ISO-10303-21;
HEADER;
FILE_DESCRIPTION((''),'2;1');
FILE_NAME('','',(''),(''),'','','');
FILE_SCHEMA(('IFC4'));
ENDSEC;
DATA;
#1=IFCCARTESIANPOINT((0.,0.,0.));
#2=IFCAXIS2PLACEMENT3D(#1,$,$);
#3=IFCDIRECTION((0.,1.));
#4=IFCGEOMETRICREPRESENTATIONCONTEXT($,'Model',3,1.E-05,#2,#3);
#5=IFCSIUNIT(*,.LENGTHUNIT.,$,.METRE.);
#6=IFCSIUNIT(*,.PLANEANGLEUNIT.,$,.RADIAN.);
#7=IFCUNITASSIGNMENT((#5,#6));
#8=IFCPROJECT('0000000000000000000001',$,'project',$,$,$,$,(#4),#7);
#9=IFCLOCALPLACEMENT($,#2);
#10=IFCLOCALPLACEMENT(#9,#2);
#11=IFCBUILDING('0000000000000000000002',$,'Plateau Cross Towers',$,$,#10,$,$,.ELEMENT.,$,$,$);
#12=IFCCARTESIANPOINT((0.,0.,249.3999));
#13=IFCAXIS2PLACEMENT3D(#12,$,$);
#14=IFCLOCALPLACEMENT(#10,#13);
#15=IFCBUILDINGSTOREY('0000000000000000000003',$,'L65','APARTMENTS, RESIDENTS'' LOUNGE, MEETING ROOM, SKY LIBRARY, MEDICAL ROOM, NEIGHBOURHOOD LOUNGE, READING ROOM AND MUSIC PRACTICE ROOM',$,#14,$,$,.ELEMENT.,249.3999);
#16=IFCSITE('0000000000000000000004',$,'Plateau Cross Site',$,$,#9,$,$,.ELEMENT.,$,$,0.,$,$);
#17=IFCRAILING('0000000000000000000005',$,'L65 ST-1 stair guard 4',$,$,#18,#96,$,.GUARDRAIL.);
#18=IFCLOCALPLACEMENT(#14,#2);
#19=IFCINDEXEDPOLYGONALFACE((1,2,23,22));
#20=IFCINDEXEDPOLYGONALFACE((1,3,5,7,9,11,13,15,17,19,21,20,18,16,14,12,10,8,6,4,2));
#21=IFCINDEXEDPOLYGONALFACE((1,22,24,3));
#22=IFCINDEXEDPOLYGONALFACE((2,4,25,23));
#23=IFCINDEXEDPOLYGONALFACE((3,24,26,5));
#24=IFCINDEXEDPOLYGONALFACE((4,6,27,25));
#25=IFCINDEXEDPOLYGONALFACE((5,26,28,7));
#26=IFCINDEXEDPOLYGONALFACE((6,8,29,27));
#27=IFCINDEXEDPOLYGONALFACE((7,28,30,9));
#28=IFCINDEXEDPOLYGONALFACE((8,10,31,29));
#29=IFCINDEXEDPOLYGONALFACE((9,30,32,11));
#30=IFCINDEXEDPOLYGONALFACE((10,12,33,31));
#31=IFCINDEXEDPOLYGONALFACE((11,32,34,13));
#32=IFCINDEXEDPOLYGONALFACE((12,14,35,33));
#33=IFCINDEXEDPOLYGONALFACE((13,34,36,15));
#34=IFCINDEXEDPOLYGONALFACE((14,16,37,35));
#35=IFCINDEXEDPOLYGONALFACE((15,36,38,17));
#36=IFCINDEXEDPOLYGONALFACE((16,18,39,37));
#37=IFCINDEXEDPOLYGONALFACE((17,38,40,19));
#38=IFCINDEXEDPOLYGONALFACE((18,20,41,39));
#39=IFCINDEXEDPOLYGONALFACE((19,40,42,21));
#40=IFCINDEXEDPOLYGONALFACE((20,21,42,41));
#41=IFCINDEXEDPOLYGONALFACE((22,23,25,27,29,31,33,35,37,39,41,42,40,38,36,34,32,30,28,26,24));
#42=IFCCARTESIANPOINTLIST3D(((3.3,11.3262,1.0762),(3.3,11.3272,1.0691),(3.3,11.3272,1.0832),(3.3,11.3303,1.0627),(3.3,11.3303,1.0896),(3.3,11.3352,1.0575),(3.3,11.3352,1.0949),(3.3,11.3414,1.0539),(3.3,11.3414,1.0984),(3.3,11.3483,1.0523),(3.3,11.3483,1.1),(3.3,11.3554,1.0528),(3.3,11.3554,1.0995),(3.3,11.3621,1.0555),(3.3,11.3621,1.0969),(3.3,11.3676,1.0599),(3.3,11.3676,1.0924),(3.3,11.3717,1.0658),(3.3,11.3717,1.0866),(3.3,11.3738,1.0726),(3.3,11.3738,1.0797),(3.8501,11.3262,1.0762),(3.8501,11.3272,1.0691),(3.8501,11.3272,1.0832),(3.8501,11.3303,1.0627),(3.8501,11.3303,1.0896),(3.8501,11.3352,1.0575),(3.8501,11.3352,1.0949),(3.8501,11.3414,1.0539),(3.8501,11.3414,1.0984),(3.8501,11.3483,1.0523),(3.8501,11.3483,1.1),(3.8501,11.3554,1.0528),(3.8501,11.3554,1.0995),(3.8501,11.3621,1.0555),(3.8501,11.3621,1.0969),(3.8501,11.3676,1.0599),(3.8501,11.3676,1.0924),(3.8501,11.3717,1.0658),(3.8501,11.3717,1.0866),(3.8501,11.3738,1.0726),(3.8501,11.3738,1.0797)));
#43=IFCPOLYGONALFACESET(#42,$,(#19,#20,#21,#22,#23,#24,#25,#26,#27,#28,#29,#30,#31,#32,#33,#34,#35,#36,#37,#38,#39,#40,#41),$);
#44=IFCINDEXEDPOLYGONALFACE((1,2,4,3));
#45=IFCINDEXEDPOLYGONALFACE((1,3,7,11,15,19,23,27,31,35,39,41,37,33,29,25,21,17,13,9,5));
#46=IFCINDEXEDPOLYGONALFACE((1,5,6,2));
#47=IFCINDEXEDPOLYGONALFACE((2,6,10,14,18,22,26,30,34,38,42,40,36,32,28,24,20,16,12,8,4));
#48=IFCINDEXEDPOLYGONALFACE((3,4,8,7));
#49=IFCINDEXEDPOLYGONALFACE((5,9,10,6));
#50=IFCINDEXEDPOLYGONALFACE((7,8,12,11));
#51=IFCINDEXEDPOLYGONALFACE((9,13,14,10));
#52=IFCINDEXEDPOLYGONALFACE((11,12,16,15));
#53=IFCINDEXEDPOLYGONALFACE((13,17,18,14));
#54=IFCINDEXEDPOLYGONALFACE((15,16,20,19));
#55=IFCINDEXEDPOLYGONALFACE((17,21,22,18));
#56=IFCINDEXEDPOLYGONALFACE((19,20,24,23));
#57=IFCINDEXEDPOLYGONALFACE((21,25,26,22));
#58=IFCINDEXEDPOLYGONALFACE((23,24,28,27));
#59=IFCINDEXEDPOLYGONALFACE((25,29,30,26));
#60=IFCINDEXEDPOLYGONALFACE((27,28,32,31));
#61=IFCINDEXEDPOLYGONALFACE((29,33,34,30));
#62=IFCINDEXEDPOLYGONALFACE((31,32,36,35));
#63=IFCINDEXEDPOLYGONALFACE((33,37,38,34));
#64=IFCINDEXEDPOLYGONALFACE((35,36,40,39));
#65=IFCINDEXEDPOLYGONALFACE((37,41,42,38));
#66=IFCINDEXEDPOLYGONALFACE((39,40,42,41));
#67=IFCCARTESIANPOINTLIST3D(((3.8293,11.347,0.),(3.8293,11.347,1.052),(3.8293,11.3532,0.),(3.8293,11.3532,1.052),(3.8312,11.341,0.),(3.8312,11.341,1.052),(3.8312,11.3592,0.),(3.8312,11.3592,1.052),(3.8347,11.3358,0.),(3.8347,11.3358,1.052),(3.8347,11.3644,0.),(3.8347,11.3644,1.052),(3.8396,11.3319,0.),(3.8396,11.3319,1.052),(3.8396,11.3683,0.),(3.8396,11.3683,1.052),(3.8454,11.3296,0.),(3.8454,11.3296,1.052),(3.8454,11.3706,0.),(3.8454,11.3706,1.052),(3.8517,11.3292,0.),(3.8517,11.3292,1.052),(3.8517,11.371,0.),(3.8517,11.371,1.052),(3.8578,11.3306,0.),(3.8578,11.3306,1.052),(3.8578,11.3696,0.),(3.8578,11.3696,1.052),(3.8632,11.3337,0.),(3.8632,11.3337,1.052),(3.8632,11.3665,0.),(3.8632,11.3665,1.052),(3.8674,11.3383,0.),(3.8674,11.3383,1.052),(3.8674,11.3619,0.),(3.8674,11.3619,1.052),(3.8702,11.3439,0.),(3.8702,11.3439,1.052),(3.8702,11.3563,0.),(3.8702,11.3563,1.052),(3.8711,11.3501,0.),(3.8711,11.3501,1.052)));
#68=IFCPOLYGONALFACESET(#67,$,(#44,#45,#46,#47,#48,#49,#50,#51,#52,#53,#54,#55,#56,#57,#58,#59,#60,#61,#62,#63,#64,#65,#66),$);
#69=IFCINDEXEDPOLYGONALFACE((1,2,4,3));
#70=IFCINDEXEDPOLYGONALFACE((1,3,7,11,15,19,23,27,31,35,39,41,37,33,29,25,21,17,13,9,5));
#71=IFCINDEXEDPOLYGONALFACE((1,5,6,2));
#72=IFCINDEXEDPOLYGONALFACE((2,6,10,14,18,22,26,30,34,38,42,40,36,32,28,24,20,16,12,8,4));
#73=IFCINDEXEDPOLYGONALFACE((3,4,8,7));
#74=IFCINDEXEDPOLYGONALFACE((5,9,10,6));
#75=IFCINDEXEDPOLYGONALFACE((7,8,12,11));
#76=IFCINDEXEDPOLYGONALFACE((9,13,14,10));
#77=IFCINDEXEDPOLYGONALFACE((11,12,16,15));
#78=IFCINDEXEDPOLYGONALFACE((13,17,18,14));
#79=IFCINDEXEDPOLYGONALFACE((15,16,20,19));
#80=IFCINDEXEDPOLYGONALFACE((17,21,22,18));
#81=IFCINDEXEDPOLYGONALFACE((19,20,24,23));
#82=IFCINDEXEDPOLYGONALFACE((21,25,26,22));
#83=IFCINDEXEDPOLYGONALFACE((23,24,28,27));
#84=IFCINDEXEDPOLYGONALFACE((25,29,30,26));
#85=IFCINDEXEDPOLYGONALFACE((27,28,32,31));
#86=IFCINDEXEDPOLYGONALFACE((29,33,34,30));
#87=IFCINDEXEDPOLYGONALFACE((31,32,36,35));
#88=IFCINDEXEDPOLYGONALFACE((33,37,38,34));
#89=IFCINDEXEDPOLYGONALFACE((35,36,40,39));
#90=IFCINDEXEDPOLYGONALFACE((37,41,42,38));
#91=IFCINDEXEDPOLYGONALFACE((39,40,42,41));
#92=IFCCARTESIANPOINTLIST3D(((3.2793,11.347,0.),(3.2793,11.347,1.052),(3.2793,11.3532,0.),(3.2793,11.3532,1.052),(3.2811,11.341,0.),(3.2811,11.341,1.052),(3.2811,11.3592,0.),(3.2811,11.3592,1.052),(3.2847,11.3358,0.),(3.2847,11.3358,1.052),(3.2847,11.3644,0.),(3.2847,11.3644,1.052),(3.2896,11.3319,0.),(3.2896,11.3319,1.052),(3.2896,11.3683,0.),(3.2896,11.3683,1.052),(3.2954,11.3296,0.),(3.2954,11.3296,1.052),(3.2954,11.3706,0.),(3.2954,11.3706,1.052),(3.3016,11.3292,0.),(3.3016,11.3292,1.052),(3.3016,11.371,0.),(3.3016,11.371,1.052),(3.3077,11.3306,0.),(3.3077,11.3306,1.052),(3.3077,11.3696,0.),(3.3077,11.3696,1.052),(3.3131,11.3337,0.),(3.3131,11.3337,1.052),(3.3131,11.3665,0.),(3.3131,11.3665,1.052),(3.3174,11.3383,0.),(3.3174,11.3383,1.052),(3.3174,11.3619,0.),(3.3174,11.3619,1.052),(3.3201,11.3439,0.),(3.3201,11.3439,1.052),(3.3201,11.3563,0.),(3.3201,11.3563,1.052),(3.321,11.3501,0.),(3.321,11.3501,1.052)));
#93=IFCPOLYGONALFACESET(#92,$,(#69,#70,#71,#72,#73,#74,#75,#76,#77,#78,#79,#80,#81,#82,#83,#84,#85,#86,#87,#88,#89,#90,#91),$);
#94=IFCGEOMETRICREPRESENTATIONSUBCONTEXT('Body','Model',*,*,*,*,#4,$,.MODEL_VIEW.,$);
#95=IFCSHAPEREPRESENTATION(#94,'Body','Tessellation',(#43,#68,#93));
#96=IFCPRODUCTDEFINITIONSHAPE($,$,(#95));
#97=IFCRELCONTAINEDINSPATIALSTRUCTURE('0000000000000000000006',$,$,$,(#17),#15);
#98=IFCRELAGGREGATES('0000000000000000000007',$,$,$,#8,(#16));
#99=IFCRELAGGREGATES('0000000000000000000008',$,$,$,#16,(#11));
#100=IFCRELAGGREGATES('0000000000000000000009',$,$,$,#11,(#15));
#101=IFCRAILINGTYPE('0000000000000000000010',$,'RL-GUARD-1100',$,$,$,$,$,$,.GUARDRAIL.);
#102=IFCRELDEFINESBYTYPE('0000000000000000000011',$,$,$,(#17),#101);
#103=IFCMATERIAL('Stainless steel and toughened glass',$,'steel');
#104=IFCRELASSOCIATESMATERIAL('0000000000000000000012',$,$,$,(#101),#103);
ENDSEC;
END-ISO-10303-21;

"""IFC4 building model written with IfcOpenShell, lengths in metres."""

from ifc_helpers import new_model, si_unit, direction, frame, origin, origin_2d, place, context, subcontext, project, spatial, circle, extrude, material, type_object, element, save


model = new_model("IFC4")

# Units and contexts
model_context = context("Model", 3, precision=1e-05, world=origin(), true_north=direction((0.0, 1.0)))
body_context = subcontext(model_context, "Body", "Model", "MODEL_VIEW")
ifc_project = project(units=[si_unit("LENGTHUNIT", "METRE"), si_unit("PLANEANGLEUNIT", "RADIAN")], contexts=[model_context])

# Site, building, storey
site_placement = place(None, origin())
site = spatial("IfcSite", under=ifc_project, at=site_placement, Name="Plateau Cross Site", CompositionType="ELEMENT", RefElevation=0.0)
building_placement = place(site_placement, origin())
building = spatial("IfcBuilding", under=site, at=building_placement, Name="Plateau Cross Towers", CompositionType="ELEMENT")
storey_placement = place(building_placement, frame((0.0, 0.0, 249.3999)))
storey = spatial("IfcBuildingStorey", under=building, at=storey_placement, Name="L65", Description="APARTMENTS, RESIDENTS' LOUNGE, MEETING ROOM, SKY LIBRARY, MEDICAL ROOM, NEIGHBOURHOOD LOUNGE, READING ROOM AND MUSIC PRACTICE ROOM", CompositionType="ELEMENT", Elevation=249.3999)

# Railing
ifc_material_1 = material(Name="Stainless steel and toughened glass", Category="steel")
railing_type_1 = type_object("IfcRailingType", Name="RL-GUARD-1100", PredefinedType="GUARDRAIL", material=ifc_material_1)
railing_1_placement = place(storey_placement, frame((3.8501, 11.3501, 0.0)))
element("IfcRailing", 1, at=railing_1_placement, inside=storey, type_object=railing_type_1, Name="L65 ST-1 stair guard 4", PredefinedType="GUARDRAIL", context=body_context, shape_type="SweptSolid", body=[
    extrude(circle(Radius=0.0239, at=origin_2d()), frame((0.0, 0.0, 1.0762), z_axis=(-1.0, 0.0, 0.0), x_axis=(0.0, -1.0, 0.0)), (0.0, 0.0, 1.0), 0.55),
    extrude(circle(Radius=0.021, at=origin_2d()), origin(), (0.0, 0.0, 1.0), 1.052),
    extrude(circle(Radius=0.021, at=origin_2d()), frame((-0.55, 0.0, 0.0)), (0.0, 0.0, 1.0), 1.052),
])

save(model, "model.ifc")
